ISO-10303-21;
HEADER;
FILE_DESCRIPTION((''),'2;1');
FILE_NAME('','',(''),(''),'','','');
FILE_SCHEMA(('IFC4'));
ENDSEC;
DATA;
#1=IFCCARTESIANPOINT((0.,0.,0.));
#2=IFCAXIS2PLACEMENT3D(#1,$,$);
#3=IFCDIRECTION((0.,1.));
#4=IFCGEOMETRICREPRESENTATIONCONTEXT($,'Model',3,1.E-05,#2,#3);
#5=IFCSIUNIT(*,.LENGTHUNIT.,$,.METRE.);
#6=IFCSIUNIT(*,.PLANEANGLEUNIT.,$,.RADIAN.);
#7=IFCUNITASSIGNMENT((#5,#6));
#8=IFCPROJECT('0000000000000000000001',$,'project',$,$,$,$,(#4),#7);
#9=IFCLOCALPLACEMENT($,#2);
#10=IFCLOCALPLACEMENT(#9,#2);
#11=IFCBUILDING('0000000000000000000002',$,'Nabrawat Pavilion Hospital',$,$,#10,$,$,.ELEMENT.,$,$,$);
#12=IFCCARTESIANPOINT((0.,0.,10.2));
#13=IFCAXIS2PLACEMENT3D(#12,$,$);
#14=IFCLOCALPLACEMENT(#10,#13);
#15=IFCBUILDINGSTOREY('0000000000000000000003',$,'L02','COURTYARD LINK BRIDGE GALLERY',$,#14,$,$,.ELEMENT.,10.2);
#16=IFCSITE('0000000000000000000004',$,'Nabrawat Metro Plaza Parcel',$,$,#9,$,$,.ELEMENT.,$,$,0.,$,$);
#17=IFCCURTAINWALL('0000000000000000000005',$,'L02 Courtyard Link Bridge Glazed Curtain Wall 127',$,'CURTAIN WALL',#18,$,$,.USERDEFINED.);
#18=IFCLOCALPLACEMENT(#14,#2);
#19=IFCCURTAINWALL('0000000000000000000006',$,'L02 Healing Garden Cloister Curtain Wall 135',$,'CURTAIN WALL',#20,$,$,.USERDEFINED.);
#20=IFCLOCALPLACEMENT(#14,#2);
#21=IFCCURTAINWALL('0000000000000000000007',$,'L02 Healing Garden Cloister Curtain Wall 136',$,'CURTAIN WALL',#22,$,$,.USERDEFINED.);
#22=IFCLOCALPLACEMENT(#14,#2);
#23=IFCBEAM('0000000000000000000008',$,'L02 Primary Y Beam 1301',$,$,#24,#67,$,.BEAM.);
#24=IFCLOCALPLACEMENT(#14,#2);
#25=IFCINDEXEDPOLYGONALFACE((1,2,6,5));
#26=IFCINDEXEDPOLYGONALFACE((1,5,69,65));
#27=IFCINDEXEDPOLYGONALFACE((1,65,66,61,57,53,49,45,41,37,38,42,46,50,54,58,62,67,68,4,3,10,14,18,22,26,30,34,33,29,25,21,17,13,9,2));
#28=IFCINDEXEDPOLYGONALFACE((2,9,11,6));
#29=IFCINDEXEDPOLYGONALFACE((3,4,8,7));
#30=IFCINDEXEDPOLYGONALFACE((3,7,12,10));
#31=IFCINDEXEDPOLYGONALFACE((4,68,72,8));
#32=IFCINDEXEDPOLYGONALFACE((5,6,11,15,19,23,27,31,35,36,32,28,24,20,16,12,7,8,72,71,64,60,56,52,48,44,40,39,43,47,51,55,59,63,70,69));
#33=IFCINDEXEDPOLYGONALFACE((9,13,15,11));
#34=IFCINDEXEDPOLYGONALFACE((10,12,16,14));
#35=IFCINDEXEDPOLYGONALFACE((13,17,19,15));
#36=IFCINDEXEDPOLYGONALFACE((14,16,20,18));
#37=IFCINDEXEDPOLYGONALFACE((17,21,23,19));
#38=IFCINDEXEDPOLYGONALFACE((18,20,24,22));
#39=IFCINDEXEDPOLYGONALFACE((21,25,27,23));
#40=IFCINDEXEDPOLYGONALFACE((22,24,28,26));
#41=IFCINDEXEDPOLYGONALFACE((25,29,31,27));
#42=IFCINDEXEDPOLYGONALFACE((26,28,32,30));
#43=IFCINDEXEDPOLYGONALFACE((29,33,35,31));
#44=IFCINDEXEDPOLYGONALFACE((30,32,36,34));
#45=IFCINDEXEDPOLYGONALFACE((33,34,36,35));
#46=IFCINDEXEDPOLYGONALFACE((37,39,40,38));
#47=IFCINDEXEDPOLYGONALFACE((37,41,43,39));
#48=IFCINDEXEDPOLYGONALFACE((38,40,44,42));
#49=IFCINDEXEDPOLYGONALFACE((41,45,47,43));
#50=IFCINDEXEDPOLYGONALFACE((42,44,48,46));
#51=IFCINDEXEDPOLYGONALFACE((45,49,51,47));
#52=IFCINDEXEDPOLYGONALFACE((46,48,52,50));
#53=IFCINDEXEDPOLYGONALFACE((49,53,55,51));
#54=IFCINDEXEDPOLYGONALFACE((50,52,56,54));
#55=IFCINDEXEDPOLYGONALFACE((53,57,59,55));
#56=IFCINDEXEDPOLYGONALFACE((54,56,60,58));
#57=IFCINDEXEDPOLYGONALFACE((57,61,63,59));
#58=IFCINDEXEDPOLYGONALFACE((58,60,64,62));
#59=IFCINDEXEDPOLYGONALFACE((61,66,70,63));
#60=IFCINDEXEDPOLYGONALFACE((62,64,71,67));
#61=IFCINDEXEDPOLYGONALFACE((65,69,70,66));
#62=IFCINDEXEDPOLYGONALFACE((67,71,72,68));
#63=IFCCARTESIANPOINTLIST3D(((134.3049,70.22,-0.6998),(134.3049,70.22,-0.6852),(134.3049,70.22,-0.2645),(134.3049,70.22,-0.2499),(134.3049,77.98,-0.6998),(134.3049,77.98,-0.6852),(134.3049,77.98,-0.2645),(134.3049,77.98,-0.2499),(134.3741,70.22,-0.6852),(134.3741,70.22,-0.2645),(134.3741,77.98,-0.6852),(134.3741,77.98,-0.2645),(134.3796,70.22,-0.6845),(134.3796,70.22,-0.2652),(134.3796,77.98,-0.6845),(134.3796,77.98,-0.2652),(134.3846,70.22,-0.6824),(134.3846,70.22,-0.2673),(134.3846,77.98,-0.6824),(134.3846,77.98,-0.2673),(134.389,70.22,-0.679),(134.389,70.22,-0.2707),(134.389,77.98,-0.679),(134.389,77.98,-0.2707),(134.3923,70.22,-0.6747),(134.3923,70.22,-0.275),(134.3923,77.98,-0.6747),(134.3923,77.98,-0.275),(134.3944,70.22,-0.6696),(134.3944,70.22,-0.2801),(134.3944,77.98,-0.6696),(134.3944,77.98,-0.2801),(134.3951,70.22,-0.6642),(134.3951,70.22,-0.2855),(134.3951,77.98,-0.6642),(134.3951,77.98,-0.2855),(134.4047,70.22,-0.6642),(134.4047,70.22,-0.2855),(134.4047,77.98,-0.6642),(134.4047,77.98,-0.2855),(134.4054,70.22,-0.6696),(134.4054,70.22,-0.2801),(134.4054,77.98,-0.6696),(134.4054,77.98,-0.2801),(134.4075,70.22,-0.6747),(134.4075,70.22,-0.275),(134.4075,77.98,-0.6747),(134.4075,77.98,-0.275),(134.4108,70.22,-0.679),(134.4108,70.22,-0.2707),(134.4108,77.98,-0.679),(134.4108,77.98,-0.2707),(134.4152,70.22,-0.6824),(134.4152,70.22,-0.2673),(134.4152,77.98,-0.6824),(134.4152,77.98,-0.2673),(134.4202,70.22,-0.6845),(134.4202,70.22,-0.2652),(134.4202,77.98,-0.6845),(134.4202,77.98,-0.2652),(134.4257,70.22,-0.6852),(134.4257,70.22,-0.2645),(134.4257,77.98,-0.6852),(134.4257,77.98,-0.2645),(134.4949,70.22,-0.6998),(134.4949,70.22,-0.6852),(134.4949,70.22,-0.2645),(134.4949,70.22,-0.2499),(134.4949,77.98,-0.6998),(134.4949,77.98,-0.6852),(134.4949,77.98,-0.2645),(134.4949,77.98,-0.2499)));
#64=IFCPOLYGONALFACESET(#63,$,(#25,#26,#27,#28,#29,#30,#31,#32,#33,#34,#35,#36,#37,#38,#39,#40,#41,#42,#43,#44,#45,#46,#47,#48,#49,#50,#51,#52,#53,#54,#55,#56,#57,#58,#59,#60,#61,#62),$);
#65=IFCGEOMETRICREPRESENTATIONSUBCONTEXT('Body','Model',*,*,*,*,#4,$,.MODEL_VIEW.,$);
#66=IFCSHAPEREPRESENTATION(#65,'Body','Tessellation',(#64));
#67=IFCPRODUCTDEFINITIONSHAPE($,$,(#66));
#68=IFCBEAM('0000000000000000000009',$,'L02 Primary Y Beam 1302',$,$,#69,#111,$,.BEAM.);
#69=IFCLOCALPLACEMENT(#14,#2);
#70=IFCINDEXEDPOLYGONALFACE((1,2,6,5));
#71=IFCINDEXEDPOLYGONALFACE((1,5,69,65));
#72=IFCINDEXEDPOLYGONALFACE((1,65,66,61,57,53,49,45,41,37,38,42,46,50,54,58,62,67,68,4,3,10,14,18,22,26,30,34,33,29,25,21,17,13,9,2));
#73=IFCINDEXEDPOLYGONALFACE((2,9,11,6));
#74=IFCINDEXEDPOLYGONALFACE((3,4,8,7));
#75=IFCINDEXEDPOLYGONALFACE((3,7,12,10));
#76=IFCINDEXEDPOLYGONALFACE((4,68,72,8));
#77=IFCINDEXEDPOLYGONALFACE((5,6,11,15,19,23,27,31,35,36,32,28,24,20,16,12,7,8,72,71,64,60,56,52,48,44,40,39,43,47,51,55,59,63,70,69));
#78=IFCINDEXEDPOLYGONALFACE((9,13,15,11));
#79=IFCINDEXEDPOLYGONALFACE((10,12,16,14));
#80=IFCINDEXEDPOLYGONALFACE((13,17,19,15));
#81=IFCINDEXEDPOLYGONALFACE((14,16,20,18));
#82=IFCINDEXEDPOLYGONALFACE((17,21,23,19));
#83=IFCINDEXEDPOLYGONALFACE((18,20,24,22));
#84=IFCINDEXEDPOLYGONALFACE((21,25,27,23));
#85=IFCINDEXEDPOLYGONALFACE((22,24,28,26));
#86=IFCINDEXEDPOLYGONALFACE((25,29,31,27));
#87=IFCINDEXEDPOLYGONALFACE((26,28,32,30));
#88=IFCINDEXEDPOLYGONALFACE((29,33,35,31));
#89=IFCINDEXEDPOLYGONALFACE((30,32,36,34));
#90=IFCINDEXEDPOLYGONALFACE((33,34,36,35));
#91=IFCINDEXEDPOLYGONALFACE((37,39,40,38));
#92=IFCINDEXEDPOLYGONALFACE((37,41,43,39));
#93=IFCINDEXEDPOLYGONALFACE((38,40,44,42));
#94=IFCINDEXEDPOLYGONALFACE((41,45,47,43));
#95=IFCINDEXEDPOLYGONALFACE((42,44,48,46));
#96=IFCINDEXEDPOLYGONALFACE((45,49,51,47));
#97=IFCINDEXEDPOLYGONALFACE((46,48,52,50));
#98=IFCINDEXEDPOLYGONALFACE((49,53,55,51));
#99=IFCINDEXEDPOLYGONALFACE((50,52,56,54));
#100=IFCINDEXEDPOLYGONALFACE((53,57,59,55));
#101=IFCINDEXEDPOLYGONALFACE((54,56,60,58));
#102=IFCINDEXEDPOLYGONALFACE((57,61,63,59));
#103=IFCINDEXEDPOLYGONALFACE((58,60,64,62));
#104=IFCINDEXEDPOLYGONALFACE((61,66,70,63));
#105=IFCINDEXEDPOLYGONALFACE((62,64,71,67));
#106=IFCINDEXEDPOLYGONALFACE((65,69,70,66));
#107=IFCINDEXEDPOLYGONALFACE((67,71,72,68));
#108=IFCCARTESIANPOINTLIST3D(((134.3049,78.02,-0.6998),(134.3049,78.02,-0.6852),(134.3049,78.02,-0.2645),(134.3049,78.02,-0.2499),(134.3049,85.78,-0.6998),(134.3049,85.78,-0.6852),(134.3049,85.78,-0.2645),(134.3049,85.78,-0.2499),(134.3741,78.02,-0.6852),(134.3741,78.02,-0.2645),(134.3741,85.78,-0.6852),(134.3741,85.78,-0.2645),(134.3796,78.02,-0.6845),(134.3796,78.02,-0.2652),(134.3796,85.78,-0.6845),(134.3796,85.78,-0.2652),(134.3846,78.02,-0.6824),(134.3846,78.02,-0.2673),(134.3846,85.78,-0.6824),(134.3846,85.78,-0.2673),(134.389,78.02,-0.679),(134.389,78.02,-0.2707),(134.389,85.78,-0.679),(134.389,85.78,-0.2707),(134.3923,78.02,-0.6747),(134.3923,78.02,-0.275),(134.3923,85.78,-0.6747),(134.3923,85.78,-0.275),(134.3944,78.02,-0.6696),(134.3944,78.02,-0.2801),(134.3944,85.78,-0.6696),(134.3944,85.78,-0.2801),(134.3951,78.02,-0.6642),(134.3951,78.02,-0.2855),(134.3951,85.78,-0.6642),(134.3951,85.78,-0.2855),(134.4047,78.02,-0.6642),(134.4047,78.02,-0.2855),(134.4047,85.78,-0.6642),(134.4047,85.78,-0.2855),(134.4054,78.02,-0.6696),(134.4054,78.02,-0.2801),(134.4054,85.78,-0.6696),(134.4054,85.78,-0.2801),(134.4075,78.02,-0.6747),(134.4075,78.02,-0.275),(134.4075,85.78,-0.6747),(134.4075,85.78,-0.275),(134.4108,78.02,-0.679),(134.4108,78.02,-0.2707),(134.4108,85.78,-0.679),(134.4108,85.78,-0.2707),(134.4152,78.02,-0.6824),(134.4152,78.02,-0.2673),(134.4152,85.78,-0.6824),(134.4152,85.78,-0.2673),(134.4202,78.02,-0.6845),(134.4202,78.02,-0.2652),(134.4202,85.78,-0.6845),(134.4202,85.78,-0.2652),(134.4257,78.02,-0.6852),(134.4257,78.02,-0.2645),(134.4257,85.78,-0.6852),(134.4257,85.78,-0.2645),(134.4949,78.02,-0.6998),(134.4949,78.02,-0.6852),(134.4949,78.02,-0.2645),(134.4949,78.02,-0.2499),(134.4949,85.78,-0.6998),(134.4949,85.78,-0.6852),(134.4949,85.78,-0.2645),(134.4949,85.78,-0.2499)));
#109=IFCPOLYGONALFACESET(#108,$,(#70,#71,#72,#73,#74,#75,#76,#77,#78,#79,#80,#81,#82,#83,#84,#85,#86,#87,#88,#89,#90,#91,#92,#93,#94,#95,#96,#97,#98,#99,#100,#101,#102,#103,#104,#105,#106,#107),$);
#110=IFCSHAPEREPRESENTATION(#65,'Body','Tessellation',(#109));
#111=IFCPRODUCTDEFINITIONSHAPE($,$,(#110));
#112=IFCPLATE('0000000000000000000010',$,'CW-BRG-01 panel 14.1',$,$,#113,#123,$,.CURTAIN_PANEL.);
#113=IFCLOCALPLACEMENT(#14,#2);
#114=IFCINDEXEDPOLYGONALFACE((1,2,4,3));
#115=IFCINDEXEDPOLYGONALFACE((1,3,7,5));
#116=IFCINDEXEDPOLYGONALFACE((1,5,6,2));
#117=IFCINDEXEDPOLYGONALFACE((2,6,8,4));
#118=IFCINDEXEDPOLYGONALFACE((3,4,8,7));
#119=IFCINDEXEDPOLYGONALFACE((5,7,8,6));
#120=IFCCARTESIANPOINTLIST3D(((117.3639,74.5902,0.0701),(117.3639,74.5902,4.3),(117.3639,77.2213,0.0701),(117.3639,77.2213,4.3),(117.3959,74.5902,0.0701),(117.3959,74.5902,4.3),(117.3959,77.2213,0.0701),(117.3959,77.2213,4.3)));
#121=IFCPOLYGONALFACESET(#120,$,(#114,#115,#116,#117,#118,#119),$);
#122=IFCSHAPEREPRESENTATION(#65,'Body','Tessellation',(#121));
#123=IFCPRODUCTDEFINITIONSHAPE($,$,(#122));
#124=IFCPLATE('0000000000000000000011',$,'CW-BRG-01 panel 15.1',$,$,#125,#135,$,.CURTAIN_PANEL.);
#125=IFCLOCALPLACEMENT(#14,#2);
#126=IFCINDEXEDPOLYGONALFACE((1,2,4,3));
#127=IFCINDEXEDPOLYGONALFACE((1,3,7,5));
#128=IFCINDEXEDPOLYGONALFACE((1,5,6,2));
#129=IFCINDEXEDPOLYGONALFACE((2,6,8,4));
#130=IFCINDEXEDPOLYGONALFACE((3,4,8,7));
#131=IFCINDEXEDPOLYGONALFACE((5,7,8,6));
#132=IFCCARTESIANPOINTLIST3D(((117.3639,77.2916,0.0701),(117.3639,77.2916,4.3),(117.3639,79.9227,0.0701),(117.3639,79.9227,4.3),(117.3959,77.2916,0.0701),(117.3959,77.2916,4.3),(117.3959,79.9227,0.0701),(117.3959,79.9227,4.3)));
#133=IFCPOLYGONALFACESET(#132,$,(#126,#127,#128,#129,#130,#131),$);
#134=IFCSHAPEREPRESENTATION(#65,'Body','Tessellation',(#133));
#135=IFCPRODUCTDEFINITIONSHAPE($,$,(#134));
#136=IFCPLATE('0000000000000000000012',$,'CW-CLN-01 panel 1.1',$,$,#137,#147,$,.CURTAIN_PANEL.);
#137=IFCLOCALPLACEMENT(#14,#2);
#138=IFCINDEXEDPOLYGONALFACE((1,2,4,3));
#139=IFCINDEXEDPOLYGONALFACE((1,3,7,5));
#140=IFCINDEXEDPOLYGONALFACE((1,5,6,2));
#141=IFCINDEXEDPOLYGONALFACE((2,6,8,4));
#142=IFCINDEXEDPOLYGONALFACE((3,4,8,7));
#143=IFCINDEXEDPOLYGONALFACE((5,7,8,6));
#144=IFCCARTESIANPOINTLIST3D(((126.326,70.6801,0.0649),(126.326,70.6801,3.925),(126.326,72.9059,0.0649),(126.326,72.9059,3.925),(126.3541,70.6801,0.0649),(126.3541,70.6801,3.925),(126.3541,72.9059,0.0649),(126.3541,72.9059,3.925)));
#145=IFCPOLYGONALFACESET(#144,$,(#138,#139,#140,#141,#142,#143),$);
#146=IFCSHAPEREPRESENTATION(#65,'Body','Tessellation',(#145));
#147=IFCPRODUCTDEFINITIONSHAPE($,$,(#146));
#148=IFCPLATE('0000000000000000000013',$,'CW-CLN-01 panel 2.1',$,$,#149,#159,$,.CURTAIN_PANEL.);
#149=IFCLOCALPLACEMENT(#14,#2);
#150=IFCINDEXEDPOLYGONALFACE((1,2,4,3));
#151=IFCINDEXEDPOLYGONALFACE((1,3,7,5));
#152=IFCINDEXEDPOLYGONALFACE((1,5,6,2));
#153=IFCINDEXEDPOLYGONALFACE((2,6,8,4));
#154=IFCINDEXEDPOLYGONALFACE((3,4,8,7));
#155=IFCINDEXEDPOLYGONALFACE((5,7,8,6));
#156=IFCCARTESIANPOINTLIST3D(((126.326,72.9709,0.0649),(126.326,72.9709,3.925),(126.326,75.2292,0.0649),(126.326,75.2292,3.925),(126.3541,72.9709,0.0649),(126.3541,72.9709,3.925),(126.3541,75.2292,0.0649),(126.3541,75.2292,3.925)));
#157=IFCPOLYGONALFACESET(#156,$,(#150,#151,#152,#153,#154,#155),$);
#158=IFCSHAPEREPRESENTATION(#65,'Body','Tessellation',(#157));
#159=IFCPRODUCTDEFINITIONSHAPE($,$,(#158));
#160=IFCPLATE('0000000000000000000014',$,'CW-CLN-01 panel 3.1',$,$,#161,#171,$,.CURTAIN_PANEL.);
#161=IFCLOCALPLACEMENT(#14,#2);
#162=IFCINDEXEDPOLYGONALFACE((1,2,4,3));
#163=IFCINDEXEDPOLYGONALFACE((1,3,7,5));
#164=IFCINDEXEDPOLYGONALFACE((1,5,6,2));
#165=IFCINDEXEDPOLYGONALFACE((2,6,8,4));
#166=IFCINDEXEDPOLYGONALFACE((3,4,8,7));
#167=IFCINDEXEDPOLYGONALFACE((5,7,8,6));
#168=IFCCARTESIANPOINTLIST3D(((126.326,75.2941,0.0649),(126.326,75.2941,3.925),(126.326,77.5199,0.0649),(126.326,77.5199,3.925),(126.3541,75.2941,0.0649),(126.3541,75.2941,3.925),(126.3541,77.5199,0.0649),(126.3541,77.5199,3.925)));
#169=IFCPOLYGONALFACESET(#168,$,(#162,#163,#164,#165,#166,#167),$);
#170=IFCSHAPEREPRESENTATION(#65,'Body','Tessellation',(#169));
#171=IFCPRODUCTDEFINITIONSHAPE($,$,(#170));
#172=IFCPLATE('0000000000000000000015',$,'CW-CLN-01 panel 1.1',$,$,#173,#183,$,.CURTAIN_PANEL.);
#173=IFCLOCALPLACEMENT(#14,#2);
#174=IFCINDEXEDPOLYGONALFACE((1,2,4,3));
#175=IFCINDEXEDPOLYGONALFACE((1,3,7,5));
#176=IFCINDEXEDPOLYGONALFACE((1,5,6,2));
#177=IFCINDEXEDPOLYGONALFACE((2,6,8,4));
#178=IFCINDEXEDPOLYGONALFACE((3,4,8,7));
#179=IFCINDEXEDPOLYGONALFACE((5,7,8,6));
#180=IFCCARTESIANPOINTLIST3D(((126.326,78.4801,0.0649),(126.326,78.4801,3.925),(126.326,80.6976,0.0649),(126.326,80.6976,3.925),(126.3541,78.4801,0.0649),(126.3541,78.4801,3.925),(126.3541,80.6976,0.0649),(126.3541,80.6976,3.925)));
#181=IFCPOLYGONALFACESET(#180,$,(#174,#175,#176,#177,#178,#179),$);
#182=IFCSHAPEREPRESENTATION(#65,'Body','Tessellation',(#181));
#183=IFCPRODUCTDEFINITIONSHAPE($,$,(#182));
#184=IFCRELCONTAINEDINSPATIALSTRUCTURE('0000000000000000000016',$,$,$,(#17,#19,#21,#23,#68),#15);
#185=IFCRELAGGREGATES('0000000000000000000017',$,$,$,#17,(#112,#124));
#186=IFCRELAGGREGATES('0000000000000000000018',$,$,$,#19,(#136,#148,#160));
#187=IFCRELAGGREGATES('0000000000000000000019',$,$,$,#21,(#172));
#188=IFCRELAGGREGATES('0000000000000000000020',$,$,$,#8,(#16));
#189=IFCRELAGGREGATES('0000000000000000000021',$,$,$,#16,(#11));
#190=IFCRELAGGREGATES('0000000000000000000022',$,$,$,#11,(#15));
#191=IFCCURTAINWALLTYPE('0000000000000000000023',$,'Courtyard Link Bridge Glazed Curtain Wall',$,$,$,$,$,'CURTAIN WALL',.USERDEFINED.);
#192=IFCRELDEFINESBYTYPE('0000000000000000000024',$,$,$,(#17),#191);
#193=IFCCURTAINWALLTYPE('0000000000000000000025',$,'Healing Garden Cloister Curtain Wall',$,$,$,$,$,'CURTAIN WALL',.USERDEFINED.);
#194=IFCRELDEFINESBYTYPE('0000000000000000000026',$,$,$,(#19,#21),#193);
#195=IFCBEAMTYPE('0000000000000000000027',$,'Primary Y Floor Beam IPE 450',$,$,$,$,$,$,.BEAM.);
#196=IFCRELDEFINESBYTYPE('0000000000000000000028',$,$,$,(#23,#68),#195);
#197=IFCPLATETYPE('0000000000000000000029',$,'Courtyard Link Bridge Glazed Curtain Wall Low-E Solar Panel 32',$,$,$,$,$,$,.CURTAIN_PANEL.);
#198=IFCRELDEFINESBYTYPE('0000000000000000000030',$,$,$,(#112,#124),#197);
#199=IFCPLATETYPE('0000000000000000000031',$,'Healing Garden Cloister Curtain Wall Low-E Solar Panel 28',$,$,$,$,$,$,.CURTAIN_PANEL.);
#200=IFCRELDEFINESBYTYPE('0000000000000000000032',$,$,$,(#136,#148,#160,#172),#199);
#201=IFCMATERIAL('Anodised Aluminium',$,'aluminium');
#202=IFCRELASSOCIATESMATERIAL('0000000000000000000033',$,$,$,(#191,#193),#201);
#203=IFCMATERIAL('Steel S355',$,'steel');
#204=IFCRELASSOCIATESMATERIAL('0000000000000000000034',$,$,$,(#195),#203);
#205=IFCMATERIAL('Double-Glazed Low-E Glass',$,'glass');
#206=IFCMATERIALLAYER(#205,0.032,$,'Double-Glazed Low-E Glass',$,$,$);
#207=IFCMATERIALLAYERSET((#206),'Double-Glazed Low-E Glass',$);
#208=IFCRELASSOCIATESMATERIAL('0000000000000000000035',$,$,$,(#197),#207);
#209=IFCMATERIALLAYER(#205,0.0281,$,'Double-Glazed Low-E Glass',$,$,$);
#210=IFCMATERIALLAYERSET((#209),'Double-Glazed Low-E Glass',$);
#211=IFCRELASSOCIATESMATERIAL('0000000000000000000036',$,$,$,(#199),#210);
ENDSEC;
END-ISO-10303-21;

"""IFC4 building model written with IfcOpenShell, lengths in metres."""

from ifc_helpers import new_model, si_unit, direction, frame, origin, origin_2d, place, context, subcontext, project, spatial, rectangle, i_section, extrude, material, layer, layer_set, material_profile, profile_set, type_object, element, aggregate, save


model = new_model("IFC4")

# Units and contexts
model_context = context("Model", 3, precision=1e-05, world=origin(), true_north=direction((0.0, 1.0)))
body_context = subcontext(model_context, "Body", "Model", "MODEL_VIEW")
ifc_project = project(units=[si_unit("LENGTHUNIT", "METRE"), si_unit("PLANEANGLEUNIT", "RADIAN")], contexts=[model_context])

# Site, building, storey
site_placement = place(None, origin())
site = spatial("IfcSite", under=ifc_project, at=site_placement, Name="Nabrawat Metro Plaza Parcel", CompositionType="ELEMENT", RefElevation=0.0)
building_placement = place(site_placement, origin())
building = spatial("IfcBuilding", under=site, at=building_placement, Name="Nabrawat Pavilion Hospital", CompositionType="ELEMENT")
storey_placement = place(building_placement, frame((0.0, 0.0, 10.2)))
storey = spatial("IfcBuildingStorey", under=building, at=storey_placement, Name="L02", Description="COURTYARD LINK BRIDGE GALLERY", CompositionType="ELEMENT", Elevation=10.2)

# Shared definitions
ifc_material_1 = material(Name="Steel S355", Category="steel")

# Curtain walls
ifc_material_2 = material(Name="Anodised Aluminium", Category="aluminium")
curtain_wall_type_1 = type_object("IfcCurtainWallType", Name="Courtyard Link Bridge Glazed Curtain Wall", ElementType="CURTAIN WALL", PredefinedType="USERDEFINED", material=ifc_material_2)
curtain_wall_1_placement = place(storey_placement, origin())
curtain_wall_1 = element("IfcCurtainWall", 1, at=curtain_wall_1_placement, inside=storey, type_object=curtain_wall_type_1, Name="L02 Courtyard Link Bridge Glazed Curtain Wall 127", ObjectType="CURTAIN WALL", PredefinedType="USERDEFINED")
curtain_wall_type_2 = type_object("IfcCurtainWallType", Name="Healing Garden Cloister Curtain Wall", ElementType="CURTAIN WALL", PredefinedType="USERDEFINED", material=ifc_material_2)
curtain_wall_2_placement = place(storey_placement, origin())
curtain_wall_2 = element("IfcCurtainWall", 2, at=curtain_wall_2_placement, inside=storey, type_object=curtain_wall_type_2, Name="L02 Healing Garden Cloister Curtain Wall 135", ObjectType="CURTAIN WALL", PredefinedType="USERDEFINED")

# Curtain wall
curtain_wall_3_placement = place(storey_placement, origin())
curtain_wall_3 = element("IfcCurtainWall", 3, at=curtain_wall_3_placement, inside=storey, type_object=curtain_wall_type_2, Name="L02 Healing Garden Cloister Curtain Wall 136", ObjectType="CURTAIN WALL", PredefinedType="USERDEFINED")

# Beams
ifc_material_profile_1 = material_profile(ifc_material_1, i_section(OverallWidth=0.1899, OverallDepth=0.45, WebThickness=0.0095, FlangeThickness=0.0146, FilletRadius=0.021, at=origin_2d()), Name="IPE 450")
ifc_profile_set_1 = profile_set([ifc_material_profile_1], Name="Steel S355")
beam_type_1 = type_object("IfcBeamType", Name="Primary Y Floor Beam IPE 450", PredefinedType="BEAM", material=ifc_profile_set_1)
for number, where, z_axis, x_axis, name in (
    (4, (134.3999, 70.22, -0.4749), (0.0, 1.0, 0.0), (-1.0, 0.0, 0.0), "L02 Primary Y Beam 1301"),
    (5, (134.3999, 78.02, -0.4749), (0.0, 1.0, 0.0), (-1.0, 0.0, 0.0), "L02 Primary Y Beam 1302"),
):
    element("IfcBeam", number, at=place(storey_placement, frame(where, z_axis=z_axis, x_axis=x_axis)), inside=storey, type_object=beam_type_1, Name=name, PredefinedType="BEAM", context=body_context, shape_type="SweptSolid", body=[
        extrude(i_section(OverallWidth=0.1899, OverallDepth=0.45, WebThickness=0.0095, FlangeThickness=0.0146, FilletRadius=0.021, at=origin_2d()), origin(), (0.0, 0.0, 1.0), 7.76),
    ])

# Plates
ifc_material_3 = material(Name="Double-Glazed Low-E Glass", Category="glass")
ifc_layer_1 = layer(ifc_material_3, 0.032, Name="Double-Glazed Low-E Glass")
ifc_layer_set_1 = layer_set([ifc_layer_1], Name="Double-Glazed Low-E Glass")
plate_type_1 = type_object("IfcPlateType", Name="Courtyard Link Bridge Glazed Curtain Wall Low-E Solar Panel 32", PredefinedType="CURTAIN_PANEL", material=ifc_layer_set_1)
plate_1_placement = place(storey_placement, frame((117.3799, 75.9058, 0.0701), z_axis=(0.0, 0.0, 1.0), x_axis=(0.0, 1.0, 0.0)))
plate_1 = element("IfcPlate", 6, at=plate_1_placement, type_object=plate_type_1, Name="CW-BRG-01 panel 14.1", PredefinedType="CURTAIN_PANEL", context=body_context, shape_type="SweptSolid", body=[
    extrude(rectangle(XDim=2.6311, YDim=0.032, at=origin_2d()), origin(), (0.0, 0.0, 1.0), 4.23),
])
plate_2_placement = place(storey_placement, frame((117.3799, 78.6072, 0.0701), z_axis=(0.0, 0.0, 1.0), x_axis=(0.0, 1.0, 0.0)))
plate_2 = element("IfcPlate", 7, at=plate_2_placement, type_object=plate_type_1, Name="CW-BRG-01 panel 15.1", PredefinedType="CURTAIN_PANEL", context=body_context, shape_type="SweptSolid", body=[
    extrude(rectangle(XDim=2.6311, YDim=0.032, at=origin_2d()), origin(), (0.0, 0.0, 1.0), 4.23),
])
aggregate(curtain_wall_1, [plate_1, plate_2])
ifc_layer_2 = layer(ifc_material_3, 0.0281, Name="Double-Glazed Low-E Glass")
ifc_layer_set_2 = layer_set([ifc_layer_2], Name="Double-Glazed Low-E Glass")
plate_type_2 = type_object("IfcPlateType", Name="Healing Garden Cloister Curtain Wall Low-E Solar Panel 28", PredefinedType="CURTAIN_PANEL", material=ifc_layer_set_2)
plate_3_placement = place(storey_placement, frame((126.3401, 71.793, 0.0649), z_axis=(0.0, 0.0, 1.0), x_axis=(0.0, 1.0, 0.0)))
plate_3 = element("IfcPlate", 8, at=plate_3_placement, type_object=plate_type_2, Name="CW-CLN-01 panel 1.1", PredefinedType="CURTAIN_PANEL", context=body_context, shape_type="SweptSolid", body=[
    extrude(rectangle(XDim=2.2258, YDim=0.0281, at=origin_2d()), origin(), (0.0, 0.0, 1.0), 3.8601),
])
plate_4_placement = place(storey_placement, frame((126.3401, 74.1001, 0.0649), z_axis=(0.0, 0.0, 1.0), x_axis=(0.0, 1.0, 0.0)))
plate_4 = element("IfcPlate", 9, at=plate_4_placement, type_object=plate_type_2, Name="CW-CLN-01 panel 2.1", PredefinedType="CURTAIN_PANEL", context=body_context, shape_type="SweptSolid", body=[
    extrude(rectangle(XDim=2.2583, YDim=0.0281, at=origin_2d()), origin(), (0.0, 0.0, 1.0), 3.8601),
])
plate_5_placement = place(storey_placement, frame((126.3401, 76.407, 0.0649), z_axis=(0.0, 0.0, 1.0), x_axis=(0.0, 1.0, 0.0)))
plate_5 = element("IfcPlate", 10, at=plate_5_placement, type_object=plate_type_2, Name="CW-CLN-01 panel 3.1", PredefinedType="CURTAIN_PANEL", context=body_context, shape_type="SweptSolid", body=[
    extrude(rectangle(XDim=2.2258, YDim=0.0281, at=origin_2d()), origin(), (0.0, 0.0, 1.0), 3.8601),
])
aggregate(curtain_wall_2, [plate_3, plate_4, plate_5])
plate_6_placement = place(storey_placement, frame((126.3401, 79.5889, 0.0649), z_axis=(0.0, 0.0, 1.0), x_axis=(0.0, 1.0, 0.0)))
plate_6 = element("IfcPlate", 11, at=plate_6_placement, type_object=plate_type_2, Name="CW-CLN-01 panel 1.1", PredefinedType="CURTAIN_PANEL", context=body_context, shape_type="SweptSolid", body=[
    extrude(rectangle(XDim=2.2175, YDim=0.0281, at=origin_2d()), origin(), (0.0, 0.0, 1.0), 3.8601),
])
aggregate(curtain_wall_3, [plate_6])

save(model, "model.ifc")
